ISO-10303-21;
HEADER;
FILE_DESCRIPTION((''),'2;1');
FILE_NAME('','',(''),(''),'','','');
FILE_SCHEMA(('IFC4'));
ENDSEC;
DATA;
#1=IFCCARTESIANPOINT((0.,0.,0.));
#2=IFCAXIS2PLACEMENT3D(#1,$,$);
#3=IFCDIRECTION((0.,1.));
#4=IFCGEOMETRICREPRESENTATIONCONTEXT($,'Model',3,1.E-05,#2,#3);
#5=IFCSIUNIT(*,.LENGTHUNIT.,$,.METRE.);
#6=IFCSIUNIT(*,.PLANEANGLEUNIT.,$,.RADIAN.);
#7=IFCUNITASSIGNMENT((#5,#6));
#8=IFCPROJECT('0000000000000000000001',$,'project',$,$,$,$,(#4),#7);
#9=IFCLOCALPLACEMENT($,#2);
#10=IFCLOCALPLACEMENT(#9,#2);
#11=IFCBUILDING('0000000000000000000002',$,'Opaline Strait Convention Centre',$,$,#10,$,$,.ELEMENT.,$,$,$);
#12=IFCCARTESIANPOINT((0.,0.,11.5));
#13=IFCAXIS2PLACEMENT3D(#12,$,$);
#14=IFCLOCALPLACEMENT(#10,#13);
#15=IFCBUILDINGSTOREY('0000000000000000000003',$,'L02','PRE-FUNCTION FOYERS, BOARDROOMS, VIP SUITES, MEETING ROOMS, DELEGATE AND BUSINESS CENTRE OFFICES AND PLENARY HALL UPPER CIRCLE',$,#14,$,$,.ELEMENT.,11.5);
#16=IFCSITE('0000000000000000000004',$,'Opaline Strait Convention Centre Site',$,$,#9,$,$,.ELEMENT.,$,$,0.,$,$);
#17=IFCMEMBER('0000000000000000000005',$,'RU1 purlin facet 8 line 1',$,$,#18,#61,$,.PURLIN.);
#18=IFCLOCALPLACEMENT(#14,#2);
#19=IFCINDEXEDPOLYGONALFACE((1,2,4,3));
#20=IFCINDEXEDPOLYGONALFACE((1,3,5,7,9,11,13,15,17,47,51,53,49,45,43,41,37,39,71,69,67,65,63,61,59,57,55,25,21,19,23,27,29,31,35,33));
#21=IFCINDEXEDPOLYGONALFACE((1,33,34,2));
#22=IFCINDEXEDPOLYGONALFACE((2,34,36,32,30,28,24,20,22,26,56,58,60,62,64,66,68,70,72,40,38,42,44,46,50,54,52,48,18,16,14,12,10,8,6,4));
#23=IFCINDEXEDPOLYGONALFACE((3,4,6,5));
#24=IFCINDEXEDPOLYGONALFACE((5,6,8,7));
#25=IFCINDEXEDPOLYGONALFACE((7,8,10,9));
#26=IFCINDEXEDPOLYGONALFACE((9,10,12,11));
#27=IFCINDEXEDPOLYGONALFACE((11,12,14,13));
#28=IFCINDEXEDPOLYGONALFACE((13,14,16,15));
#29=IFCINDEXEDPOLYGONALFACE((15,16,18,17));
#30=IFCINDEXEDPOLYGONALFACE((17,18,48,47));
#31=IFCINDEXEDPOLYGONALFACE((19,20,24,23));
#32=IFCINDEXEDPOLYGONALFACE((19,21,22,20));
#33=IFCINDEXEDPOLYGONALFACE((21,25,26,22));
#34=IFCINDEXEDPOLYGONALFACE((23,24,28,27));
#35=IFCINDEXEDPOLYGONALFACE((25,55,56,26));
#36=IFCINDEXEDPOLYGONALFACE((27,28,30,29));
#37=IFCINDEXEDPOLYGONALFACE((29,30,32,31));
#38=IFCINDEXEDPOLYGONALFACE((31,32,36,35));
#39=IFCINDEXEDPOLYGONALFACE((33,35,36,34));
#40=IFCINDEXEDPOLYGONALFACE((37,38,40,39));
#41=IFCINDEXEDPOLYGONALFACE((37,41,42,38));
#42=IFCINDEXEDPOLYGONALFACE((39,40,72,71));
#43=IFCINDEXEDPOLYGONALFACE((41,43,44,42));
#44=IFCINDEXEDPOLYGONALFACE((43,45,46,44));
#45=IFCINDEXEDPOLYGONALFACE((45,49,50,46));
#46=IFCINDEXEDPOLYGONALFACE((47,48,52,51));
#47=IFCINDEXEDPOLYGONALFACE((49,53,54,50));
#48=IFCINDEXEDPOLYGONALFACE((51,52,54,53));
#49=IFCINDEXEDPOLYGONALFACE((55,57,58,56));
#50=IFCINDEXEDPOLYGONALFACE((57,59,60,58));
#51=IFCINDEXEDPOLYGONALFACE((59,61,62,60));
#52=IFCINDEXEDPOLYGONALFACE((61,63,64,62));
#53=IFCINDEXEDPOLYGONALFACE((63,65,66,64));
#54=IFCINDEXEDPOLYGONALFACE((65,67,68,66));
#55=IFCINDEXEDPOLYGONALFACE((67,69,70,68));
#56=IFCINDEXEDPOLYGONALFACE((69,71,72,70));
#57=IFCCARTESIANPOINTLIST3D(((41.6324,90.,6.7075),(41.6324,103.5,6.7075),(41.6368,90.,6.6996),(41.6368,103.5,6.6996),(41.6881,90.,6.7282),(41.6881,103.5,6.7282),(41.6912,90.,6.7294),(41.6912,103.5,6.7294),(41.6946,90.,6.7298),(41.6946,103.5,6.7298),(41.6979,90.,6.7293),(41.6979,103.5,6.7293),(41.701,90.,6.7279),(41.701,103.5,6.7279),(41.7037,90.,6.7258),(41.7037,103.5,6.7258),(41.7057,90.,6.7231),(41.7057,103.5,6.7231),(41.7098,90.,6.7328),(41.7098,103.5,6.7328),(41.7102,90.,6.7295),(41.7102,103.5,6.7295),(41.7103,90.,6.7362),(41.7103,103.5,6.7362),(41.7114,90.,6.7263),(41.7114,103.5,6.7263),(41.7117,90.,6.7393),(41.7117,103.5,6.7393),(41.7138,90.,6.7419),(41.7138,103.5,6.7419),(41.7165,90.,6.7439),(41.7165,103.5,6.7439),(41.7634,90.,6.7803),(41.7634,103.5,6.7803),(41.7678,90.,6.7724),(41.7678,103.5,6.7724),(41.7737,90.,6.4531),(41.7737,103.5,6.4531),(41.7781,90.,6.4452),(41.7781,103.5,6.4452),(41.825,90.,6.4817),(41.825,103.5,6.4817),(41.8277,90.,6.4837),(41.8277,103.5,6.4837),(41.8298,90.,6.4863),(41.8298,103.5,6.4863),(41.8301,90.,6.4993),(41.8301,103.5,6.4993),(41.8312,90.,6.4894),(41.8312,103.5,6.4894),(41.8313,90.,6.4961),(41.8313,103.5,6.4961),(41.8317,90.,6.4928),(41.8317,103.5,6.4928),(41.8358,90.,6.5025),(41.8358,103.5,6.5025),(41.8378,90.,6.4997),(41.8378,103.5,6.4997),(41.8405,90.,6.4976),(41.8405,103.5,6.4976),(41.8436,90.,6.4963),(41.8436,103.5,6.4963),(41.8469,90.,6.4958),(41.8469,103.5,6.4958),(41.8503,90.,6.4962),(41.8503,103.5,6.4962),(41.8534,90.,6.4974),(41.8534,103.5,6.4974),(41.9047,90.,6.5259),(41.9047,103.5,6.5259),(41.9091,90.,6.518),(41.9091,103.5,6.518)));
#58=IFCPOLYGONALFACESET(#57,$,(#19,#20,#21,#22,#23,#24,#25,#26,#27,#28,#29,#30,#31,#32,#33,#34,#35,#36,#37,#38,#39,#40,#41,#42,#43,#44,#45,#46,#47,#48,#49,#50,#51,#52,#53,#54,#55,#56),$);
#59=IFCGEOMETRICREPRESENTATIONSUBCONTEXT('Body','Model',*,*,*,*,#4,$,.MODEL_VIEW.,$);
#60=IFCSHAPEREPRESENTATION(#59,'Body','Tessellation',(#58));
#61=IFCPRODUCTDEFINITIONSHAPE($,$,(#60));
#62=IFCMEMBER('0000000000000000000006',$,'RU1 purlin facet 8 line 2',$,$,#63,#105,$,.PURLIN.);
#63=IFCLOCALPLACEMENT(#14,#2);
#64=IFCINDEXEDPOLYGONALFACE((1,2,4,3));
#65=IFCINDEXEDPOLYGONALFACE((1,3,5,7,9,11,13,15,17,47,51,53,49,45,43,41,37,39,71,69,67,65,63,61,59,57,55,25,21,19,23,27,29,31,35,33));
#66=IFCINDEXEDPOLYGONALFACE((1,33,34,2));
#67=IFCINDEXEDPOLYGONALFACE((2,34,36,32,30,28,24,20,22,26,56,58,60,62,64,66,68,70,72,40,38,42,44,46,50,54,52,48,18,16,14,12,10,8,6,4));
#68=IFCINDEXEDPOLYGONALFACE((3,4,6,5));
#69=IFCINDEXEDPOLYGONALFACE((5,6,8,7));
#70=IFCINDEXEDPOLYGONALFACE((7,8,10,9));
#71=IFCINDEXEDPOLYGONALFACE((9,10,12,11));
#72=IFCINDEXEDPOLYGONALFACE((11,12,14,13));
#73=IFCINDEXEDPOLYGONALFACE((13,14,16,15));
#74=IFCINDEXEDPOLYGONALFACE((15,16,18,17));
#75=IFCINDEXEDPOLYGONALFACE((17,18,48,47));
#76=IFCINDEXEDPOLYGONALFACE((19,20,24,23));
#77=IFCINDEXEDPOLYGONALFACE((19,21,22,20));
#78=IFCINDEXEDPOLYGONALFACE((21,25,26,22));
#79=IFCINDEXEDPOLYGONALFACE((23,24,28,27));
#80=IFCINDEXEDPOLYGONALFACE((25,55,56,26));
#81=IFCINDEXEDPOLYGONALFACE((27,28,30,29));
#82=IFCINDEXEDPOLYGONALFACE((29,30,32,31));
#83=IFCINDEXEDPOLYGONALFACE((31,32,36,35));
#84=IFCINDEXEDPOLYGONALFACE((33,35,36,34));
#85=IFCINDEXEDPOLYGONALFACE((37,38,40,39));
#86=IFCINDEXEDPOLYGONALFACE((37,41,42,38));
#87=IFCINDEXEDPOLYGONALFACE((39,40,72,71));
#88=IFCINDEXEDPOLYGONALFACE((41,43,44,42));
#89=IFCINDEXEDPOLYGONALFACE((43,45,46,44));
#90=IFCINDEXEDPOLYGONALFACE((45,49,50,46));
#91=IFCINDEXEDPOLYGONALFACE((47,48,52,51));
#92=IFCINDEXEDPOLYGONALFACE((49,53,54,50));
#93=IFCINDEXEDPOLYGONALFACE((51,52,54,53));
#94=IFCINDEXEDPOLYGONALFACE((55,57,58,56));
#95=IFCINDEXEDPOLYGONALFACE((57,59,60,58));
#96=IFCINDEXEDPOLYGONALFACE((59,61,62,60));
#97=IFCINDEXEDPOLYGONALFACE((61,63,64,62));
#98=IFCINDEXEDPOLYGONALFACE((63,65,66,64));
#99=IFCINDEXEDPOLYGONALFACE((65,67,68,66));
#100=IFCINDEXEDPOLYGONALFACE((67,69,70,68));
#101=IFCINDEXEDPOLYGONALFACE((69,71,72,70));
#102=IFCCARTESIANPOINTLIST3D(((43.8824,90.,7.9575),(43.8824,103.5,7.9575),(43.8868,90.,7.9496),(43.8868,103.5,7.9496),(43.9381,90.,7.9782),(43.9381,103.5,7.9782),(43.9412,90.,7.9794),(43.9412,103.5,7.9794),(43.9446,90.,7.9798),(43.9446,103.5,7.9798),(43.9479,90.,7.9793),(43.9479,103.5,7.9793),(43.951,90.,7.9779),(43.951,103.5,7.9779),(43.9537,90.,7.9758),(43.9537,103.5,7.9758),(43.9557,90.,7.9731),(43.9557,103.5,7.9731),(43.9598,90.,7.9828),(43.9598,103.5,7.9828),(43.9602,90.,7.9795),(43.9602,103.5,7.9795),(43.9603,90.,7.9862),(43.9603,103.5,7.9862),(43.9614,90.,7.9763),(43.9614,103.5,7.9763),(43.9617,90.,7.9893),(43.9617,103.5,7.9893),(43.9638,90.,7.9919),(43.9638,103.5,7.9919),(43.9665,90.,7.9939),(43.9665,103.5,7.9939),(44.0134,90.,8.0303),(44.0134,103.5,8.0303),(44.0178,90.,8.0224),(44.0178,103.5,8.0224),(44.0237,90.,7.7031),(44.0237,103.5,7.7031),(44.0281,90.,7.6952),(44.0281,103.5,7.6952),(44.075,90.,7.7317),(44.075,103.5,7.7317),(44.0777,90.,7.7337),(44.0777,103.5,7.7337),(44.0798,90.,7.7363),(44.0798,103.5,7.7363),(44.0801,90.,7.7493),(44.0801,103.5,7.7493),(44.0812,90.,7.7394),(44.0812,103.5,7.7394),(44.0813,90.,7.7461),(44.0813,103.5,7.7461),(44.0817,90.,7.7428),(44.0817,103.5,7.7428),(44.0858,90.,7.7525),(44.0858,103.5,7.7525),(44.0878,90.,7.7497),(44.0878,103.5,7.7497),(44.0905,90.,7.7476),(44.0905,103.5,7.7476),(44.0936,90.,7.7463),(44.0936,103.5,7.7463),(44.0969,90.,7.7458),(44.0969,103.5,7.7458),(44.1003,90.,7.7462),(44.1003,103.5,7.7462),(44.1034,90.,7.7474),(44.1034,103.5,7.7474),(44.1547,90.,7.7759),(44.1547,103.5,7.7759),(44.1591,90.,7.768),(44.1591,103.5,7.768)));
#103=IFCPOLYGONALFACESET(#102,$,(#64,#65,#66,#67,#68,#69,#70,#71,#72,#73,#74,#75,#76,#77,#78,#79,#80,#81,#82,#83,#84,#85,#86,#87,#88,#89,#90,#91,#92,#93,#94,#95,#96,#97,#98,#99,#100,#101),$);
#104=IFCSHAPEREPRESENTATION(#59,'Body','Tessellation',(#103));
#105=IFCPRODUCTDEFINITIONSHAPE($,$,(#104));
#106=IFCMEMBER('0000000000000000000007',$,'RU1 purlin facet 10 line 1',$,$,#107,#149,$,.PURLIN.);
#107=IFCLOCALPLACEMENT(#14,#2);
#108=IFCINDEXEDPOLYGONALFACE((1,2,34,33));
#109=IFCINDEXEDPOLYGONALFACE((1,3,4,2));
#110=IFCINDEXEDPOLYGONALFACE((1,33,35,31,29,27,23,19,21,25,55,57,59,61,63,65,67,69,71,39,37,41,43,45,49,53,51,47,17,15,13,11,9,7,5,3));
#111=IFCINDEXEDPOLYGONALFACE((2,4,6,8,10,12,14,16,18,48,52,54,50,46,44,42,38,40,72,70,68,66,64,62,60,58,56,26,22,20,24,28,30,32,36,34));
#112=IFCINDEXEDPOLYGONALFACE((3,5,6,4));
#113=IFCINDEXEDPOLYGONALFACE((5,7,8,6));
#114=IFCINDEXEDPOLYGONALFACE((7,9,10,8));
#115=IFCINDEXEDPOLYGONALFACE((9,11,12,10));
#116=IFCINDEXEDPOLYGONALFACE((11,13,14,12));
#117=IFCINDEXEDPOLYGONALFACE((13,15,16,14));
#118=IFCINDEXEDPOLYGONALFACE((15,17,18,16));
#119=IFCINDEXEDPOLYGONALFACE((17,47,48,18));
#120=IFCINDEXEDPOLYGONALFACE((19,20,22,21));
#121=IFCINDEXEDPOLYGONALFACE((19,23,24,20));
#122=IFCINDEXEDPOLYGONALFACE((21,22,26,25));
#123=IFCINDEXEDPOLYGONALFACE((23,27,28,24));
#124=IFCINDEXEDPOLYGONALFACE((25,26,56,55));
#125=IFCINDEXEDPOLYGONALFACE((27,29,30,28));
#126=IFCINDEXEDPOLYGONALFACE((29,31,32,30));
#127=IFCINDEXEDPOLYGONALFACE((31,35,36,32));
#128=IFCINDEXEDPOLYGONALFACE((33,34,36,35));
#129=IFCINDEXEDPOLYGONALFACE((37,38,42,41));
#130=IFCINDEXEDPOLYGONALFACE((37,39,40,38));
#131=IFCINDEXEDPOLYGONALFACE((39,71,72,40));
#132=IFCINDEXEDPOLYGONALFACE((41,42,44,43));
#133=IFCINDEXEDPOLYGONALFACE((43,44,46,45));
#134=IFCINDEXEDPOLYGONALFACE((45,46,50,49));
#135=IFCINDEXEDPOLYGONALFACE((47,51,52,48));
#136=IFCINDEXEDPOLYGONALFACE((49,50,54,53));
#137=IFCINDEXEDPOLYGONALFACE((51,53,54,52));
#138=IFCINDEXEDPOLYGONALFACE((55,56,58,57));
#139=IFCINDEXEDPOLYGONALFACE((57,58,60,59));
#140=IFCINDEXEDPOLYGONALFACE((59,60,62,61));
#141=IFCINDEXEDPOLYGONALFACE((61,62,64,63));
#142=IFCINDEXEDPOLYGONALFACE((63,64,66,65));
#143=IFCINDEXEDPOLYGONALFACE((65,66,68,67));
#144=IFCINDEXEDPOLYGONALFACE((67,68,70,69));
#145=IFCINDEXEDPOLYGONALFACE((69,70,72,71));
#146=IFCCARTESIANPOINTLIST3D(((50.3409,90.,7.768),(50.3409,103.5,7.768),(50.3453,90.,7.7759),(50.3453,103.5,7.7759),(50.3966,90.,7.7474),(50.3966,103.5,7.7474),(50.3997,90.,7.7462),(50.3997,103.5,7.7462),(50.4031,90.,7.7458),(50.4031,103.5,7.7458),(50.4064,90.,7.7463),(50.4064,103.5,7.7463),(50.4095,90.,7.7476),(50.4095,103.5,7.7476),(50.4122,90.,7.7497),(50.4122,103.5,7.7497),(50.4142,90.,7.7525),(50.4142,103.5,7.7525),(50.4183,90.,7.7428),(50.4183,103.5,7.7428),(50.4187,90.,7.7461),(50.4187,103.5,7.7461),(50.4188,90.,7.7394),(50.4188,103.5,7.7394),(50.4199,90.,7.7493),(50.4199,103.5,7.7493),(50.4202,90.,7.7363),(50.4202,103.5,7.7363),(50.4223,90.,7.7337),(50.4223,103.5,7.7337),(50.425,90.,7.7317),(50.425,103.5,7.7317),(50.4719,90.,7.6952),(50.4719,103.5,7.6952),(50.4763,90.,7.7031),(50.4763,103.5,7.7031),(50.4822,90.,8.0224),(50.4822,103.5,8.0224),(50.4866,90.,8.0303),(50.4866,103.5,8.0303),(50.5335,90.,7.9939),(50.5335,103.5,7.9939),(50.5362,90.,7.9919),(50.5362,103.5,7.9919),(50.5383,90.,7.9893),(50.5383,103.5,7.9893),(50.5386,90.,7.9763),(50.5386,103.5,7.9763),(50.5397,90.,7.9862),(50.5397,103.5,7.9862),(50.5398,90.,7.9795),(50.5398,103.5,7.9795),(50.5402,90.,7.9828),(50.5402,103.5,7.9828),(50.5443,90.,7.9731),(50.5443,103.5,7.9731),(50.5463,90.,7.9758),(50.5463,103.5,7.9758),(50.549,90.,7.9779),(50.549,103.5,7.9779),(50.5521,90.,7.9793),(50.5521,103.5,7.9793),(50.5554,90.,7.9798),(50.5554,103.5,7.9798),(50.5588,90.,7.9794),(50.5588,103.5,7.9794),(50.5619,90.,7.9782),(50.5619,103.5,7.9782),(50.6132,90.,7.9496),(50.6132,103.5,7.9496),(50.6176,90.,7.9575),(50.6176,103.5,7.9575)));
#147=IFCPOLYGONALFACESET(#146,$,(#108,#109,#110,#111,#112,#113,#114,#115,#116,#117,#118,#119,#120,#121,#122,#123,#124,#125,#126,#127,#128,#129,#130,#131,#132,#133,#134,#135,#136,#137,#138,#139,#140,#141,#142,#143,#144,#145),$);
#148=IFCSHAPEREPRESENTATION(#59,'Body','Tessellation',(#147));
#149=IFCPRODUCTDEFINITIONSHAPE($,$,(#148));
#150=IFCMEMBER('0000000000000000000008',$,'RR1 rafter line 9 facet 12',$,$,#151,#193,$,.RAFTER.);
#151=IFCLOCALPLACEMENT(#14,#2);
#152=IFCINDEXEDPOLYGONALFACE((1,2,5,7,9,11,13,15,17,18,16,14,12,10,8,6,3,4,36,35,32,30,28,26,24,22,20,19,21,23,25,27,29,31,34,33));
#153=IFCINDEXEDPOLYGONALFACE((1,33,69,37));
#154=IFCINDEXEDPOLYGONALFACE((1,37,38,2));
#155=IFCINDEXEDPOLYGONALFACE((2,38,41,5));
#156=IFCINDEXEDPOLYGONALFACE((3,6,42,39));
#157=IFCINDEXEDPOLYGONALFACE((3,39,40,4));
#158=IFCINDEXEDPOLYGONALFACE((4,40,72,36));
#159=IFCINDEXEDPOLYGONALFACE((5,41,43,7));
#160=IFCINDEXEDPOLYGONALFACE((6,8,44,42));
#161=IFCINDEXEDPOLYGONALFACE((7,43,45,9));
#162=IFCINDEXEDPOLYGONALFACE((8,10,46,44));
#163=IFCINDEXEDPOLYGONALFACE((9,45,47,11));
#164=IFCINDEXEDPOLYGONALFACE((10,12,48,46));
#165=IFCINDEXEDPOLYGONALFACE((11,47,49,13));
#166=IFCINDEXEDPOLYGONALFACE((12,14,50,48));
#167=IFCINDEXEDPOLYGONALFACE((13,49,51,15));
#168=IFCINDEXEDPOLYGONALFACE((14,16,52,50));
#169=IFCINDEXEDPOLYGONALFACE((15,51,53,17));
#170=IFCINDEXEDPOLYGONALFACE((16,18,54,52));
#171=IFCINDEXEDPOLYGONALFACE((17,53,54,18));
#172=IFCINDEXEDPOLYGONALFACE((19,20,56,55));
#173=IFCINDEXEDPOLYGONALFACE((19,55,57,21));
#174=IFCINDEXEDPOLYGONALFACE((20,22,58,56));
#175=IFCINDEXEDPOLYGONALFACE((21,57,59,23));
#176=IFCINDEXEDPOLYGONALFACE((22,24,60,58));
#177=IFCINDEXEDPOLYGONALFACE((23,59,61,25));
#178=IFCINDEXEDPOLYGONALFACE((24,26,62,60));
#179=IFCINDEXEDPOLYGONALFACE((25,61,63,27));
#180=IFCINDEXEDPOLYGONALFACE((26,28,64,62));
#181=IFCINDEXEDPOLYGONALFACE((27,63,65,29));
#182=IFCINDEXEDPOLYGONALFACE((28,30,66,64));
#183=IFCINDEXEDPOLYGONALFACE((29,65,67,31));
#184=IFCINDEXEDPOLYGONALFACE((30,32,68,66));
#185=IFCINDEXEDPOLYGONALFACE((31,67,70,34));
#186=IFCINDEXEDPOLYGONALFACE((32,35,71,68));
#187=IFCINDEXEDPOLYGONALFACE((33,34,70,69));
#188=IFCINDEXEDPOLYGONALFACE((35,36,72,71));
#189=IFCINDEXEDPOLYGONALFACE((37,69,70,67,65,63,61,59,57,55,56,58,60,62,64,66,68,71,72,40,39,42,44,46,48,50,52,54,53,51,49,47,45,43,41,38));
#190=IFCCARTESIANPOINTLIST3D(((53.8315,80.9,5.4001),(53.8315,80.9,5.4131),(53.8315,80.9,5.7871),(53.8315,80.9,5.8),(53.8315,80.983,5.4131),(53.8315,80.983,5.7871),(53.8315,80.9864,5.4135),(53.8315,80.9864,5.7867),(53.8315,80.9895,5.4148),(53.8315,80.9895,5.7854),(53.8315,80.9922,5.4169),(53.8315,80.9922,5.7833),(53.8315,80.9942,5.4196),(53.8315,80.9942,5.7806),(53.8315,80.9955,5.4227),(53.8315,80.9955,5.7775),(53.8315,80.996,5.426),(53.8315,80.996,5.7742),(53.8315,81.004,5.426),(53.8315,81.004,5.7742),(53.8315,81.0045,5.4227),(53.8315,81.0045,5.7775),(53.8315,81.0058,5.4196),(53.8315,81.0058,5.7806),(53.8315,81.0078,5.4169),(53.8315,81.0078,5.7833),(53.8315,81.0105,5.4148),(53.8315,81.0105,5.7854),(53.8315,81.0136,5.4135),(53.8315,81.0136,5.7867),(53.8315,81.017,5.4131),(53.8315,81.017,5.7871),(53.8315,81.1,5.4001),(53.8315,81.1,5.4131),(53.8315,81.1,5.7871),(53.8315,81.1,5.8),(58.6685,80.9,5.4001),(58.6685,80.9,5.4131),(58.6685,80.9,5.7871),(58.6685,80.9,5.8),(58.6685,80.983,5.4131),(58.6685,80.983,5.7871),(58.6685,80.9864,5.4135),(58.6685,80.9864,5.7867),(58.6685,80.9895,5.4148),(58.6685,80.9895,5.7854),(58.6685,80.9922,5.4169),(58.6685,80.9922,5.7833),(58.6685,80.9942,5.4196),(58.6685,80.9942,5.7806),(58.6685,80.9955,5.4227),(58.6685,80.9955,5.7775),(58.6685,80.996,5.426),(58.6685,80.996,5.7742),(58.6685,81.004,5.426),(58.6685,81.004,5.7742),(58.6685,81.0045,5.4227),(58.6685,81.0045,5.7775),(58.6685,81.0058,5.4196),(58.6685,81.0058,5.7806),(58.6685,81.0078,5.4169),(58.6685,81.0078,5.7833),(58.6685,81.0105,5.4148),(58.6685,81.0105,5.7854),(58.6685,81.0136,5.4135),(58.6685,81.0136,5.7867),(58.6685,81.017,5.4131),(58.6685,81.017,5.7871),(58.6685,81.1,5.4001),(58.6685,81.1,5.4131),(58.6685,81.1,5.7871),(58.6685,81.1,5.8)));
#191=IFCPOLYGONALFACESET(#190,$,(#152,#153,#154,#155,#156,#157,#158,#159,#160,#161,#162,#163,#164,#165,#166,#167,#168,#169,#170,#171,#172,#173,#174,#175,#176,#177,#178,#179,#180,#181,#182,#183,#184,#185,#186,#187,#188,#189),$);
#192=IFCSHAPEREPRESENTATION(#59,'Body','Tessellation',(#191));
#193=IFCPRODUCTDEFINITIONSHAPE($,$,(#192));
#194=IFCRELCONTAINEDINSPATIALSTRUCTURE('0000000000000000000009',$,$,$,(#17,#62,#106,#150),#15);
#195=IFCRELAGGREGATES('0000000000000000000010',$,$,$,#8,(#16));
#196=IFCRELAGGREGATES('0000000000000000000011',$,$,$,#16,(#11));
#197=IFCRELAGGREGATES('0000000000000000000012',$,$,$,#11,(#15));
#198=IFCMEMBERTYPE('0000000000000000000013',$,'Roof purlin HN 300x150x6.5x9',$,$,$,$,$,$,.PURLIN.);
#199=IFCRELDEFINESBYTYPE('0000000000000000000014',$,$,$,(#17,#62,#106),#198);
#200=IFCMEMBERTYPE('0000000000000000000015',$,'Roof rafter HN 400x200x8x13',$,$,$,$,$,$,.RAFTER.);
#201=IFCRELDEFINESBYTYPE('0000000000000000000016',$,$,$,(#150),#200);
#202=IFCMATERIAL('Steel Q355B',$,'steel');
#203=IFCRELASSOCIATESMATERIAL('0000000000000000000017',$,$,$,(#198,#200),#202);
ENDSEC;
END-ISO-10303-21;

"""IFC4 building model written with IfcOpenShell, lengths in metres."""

from ifc_helpers import new_model, si_unit, direction, frame, origin, origin_2d, place, context, subcontext, project, spatial, i_section, extrude, material, material_profile, profile_set, type_object, element, save


model = new_model("IFC4")

# Units and contexts
model_context = context("Model", 3, precision=1e-05, world=origin(), true_north=direction((0.0, 1.0)))
body_context = subcontext(model_context, "Body", "Model", "MODEL_VIEW")
ifc_project = project(units=[si_unit("LENGTHUNIT", "METRE"), si_unit("PLANEANGLEUNIT", "RADIAN")], contexts=[model_context])

# Site, building, storey
site_placement = place(None, origin())
site = spatial("IfcSite", under=ifc_project, at=site_placement, Name="Opaline Strait Convention Centre Site", CompositionType="ELEMENT", RefElevation=0.0)
building_placement = place(site_placement, origin())
building = spatial("IfcBuilding", under=site, at=building_placement, Name="Opaline Strait Convention Centre", CompositionType="ELEMENT")
storey_placement = place(building_placement, frame((0.0, 0.0, 11.5)))
storey = spatial("IfcBuildingStorey", under=building, at=storey_placement, Name="L02", Description="PRE-FUNCTION FOYERS, BOARDROOMS, VIP SUITES, MEETING ROOMS, DELEGATE AND BUSINESS CENTRE OFFICES AND PLENARY HALL UPPER CIRCLE", CompositionType="ELEMENT", Elevation=11.5)

# Shared definitions
ifc_material_1 = material(Name="Steel Q355B", Category="steel")

# Members
ifc_material_profile_1 = material_profile(ifc_material_1, i_section(OverallWidth=0.1499, OverallDepth=0.3, WebThickness=0.0066, FlangeThickness=0.009, FilletRadius=0.0129, at=origin_2d()), Name="HN 300x150x6.5x9")
ifc_profile_set_1 = profile_set([ifc_material_profile_1], Name="Steel Q355B")
member_type_1 = type_object("IfcMemberType", Name="Roof purlin HN 300x150x6.5x9", PredefinedType="PURLIN", material=ifc_profile_set_1)
for number, where, z_axis, x_axis, name in (
    (1, (41.7708, 90.0, 6.6128), (0.0, 1.0, 0.0), (-0.874157, 0.0, -0.485643), "RU1 purlin facet 8 line 1"),
    (2, (44.0208, 90.0, 7.8628), (0.0, 1.0, 0.0), (-0.874157, 0.0, -0.485643), "RU1 purlin facet 8 line 2"),
    (3, (50.4792, 90.0, 7.8628), (0.0, 1.0, 0.0), (-0.874157, 0.0, 0.485643), "RU1 purlin facet 10 line 1"),
):
    element("IfcMember", number, at=place(storey_placement, frame(where, z_axis=z_axis, x_axis=x_axis)), inside=storey, type_object=member_type_1, Name=name, PredefinedType="PURLIN", context=body_context, shape_type="SweptSolid", body=[
        extrude(i_section(OverallWidth=0.1499, OverallDepth=0.3, WebThickness=0.0066, FlangeThickness=0.009, FilletRadius=0.0129, at=origin_2d()), origin(), (0.0, 0.0, 1.0), 13.5),
    ])
ifc_material_profile_2 = material_profile(ifc_material_1, i_section(OverallWidth=0.2, OverallDepth=0.3999, WebThickness=0.0081, FlangeThickness=0.0129, FilletRadius=0.0129, at=origin_2d()), Name="HN 400x200x8x13")
ifc_profile_set_2 = profile_set([ifc_material_profile_2], Name="Steel Q355B")
member_type_2 = type_object("IfcMemberType", Name="Roof rafter HN 400x200x8x13", PredefinedType="RAFTER", material=ifc_profile_set_2)
member_1_placement = place(storey_placement, frame((53.8315, 81.0, 5.6001), z_axis=(1.0, 0.0, 0.0), x_axis=(0.0, 1.0, 0.0)))
element("IfcMember", 4, at=member_1_placement, inside=storey, type_object=member_type_2, Name="RR1 rafter line 9 facet 12", PredefinedType="RAFTER", context=body_context, shape_type="SweptSolid", body=[
    extrude(i_section(OverallWidth=0.2, OverallDepth=0.3999, WebThickness=0.0081, FlangeThickness=0.0129, FilletRadius=0.0129, at=origin_2d()), origin(), (0.0, 0.0, 1.0), 4.8369),
])

save(model, "model.ifc")
